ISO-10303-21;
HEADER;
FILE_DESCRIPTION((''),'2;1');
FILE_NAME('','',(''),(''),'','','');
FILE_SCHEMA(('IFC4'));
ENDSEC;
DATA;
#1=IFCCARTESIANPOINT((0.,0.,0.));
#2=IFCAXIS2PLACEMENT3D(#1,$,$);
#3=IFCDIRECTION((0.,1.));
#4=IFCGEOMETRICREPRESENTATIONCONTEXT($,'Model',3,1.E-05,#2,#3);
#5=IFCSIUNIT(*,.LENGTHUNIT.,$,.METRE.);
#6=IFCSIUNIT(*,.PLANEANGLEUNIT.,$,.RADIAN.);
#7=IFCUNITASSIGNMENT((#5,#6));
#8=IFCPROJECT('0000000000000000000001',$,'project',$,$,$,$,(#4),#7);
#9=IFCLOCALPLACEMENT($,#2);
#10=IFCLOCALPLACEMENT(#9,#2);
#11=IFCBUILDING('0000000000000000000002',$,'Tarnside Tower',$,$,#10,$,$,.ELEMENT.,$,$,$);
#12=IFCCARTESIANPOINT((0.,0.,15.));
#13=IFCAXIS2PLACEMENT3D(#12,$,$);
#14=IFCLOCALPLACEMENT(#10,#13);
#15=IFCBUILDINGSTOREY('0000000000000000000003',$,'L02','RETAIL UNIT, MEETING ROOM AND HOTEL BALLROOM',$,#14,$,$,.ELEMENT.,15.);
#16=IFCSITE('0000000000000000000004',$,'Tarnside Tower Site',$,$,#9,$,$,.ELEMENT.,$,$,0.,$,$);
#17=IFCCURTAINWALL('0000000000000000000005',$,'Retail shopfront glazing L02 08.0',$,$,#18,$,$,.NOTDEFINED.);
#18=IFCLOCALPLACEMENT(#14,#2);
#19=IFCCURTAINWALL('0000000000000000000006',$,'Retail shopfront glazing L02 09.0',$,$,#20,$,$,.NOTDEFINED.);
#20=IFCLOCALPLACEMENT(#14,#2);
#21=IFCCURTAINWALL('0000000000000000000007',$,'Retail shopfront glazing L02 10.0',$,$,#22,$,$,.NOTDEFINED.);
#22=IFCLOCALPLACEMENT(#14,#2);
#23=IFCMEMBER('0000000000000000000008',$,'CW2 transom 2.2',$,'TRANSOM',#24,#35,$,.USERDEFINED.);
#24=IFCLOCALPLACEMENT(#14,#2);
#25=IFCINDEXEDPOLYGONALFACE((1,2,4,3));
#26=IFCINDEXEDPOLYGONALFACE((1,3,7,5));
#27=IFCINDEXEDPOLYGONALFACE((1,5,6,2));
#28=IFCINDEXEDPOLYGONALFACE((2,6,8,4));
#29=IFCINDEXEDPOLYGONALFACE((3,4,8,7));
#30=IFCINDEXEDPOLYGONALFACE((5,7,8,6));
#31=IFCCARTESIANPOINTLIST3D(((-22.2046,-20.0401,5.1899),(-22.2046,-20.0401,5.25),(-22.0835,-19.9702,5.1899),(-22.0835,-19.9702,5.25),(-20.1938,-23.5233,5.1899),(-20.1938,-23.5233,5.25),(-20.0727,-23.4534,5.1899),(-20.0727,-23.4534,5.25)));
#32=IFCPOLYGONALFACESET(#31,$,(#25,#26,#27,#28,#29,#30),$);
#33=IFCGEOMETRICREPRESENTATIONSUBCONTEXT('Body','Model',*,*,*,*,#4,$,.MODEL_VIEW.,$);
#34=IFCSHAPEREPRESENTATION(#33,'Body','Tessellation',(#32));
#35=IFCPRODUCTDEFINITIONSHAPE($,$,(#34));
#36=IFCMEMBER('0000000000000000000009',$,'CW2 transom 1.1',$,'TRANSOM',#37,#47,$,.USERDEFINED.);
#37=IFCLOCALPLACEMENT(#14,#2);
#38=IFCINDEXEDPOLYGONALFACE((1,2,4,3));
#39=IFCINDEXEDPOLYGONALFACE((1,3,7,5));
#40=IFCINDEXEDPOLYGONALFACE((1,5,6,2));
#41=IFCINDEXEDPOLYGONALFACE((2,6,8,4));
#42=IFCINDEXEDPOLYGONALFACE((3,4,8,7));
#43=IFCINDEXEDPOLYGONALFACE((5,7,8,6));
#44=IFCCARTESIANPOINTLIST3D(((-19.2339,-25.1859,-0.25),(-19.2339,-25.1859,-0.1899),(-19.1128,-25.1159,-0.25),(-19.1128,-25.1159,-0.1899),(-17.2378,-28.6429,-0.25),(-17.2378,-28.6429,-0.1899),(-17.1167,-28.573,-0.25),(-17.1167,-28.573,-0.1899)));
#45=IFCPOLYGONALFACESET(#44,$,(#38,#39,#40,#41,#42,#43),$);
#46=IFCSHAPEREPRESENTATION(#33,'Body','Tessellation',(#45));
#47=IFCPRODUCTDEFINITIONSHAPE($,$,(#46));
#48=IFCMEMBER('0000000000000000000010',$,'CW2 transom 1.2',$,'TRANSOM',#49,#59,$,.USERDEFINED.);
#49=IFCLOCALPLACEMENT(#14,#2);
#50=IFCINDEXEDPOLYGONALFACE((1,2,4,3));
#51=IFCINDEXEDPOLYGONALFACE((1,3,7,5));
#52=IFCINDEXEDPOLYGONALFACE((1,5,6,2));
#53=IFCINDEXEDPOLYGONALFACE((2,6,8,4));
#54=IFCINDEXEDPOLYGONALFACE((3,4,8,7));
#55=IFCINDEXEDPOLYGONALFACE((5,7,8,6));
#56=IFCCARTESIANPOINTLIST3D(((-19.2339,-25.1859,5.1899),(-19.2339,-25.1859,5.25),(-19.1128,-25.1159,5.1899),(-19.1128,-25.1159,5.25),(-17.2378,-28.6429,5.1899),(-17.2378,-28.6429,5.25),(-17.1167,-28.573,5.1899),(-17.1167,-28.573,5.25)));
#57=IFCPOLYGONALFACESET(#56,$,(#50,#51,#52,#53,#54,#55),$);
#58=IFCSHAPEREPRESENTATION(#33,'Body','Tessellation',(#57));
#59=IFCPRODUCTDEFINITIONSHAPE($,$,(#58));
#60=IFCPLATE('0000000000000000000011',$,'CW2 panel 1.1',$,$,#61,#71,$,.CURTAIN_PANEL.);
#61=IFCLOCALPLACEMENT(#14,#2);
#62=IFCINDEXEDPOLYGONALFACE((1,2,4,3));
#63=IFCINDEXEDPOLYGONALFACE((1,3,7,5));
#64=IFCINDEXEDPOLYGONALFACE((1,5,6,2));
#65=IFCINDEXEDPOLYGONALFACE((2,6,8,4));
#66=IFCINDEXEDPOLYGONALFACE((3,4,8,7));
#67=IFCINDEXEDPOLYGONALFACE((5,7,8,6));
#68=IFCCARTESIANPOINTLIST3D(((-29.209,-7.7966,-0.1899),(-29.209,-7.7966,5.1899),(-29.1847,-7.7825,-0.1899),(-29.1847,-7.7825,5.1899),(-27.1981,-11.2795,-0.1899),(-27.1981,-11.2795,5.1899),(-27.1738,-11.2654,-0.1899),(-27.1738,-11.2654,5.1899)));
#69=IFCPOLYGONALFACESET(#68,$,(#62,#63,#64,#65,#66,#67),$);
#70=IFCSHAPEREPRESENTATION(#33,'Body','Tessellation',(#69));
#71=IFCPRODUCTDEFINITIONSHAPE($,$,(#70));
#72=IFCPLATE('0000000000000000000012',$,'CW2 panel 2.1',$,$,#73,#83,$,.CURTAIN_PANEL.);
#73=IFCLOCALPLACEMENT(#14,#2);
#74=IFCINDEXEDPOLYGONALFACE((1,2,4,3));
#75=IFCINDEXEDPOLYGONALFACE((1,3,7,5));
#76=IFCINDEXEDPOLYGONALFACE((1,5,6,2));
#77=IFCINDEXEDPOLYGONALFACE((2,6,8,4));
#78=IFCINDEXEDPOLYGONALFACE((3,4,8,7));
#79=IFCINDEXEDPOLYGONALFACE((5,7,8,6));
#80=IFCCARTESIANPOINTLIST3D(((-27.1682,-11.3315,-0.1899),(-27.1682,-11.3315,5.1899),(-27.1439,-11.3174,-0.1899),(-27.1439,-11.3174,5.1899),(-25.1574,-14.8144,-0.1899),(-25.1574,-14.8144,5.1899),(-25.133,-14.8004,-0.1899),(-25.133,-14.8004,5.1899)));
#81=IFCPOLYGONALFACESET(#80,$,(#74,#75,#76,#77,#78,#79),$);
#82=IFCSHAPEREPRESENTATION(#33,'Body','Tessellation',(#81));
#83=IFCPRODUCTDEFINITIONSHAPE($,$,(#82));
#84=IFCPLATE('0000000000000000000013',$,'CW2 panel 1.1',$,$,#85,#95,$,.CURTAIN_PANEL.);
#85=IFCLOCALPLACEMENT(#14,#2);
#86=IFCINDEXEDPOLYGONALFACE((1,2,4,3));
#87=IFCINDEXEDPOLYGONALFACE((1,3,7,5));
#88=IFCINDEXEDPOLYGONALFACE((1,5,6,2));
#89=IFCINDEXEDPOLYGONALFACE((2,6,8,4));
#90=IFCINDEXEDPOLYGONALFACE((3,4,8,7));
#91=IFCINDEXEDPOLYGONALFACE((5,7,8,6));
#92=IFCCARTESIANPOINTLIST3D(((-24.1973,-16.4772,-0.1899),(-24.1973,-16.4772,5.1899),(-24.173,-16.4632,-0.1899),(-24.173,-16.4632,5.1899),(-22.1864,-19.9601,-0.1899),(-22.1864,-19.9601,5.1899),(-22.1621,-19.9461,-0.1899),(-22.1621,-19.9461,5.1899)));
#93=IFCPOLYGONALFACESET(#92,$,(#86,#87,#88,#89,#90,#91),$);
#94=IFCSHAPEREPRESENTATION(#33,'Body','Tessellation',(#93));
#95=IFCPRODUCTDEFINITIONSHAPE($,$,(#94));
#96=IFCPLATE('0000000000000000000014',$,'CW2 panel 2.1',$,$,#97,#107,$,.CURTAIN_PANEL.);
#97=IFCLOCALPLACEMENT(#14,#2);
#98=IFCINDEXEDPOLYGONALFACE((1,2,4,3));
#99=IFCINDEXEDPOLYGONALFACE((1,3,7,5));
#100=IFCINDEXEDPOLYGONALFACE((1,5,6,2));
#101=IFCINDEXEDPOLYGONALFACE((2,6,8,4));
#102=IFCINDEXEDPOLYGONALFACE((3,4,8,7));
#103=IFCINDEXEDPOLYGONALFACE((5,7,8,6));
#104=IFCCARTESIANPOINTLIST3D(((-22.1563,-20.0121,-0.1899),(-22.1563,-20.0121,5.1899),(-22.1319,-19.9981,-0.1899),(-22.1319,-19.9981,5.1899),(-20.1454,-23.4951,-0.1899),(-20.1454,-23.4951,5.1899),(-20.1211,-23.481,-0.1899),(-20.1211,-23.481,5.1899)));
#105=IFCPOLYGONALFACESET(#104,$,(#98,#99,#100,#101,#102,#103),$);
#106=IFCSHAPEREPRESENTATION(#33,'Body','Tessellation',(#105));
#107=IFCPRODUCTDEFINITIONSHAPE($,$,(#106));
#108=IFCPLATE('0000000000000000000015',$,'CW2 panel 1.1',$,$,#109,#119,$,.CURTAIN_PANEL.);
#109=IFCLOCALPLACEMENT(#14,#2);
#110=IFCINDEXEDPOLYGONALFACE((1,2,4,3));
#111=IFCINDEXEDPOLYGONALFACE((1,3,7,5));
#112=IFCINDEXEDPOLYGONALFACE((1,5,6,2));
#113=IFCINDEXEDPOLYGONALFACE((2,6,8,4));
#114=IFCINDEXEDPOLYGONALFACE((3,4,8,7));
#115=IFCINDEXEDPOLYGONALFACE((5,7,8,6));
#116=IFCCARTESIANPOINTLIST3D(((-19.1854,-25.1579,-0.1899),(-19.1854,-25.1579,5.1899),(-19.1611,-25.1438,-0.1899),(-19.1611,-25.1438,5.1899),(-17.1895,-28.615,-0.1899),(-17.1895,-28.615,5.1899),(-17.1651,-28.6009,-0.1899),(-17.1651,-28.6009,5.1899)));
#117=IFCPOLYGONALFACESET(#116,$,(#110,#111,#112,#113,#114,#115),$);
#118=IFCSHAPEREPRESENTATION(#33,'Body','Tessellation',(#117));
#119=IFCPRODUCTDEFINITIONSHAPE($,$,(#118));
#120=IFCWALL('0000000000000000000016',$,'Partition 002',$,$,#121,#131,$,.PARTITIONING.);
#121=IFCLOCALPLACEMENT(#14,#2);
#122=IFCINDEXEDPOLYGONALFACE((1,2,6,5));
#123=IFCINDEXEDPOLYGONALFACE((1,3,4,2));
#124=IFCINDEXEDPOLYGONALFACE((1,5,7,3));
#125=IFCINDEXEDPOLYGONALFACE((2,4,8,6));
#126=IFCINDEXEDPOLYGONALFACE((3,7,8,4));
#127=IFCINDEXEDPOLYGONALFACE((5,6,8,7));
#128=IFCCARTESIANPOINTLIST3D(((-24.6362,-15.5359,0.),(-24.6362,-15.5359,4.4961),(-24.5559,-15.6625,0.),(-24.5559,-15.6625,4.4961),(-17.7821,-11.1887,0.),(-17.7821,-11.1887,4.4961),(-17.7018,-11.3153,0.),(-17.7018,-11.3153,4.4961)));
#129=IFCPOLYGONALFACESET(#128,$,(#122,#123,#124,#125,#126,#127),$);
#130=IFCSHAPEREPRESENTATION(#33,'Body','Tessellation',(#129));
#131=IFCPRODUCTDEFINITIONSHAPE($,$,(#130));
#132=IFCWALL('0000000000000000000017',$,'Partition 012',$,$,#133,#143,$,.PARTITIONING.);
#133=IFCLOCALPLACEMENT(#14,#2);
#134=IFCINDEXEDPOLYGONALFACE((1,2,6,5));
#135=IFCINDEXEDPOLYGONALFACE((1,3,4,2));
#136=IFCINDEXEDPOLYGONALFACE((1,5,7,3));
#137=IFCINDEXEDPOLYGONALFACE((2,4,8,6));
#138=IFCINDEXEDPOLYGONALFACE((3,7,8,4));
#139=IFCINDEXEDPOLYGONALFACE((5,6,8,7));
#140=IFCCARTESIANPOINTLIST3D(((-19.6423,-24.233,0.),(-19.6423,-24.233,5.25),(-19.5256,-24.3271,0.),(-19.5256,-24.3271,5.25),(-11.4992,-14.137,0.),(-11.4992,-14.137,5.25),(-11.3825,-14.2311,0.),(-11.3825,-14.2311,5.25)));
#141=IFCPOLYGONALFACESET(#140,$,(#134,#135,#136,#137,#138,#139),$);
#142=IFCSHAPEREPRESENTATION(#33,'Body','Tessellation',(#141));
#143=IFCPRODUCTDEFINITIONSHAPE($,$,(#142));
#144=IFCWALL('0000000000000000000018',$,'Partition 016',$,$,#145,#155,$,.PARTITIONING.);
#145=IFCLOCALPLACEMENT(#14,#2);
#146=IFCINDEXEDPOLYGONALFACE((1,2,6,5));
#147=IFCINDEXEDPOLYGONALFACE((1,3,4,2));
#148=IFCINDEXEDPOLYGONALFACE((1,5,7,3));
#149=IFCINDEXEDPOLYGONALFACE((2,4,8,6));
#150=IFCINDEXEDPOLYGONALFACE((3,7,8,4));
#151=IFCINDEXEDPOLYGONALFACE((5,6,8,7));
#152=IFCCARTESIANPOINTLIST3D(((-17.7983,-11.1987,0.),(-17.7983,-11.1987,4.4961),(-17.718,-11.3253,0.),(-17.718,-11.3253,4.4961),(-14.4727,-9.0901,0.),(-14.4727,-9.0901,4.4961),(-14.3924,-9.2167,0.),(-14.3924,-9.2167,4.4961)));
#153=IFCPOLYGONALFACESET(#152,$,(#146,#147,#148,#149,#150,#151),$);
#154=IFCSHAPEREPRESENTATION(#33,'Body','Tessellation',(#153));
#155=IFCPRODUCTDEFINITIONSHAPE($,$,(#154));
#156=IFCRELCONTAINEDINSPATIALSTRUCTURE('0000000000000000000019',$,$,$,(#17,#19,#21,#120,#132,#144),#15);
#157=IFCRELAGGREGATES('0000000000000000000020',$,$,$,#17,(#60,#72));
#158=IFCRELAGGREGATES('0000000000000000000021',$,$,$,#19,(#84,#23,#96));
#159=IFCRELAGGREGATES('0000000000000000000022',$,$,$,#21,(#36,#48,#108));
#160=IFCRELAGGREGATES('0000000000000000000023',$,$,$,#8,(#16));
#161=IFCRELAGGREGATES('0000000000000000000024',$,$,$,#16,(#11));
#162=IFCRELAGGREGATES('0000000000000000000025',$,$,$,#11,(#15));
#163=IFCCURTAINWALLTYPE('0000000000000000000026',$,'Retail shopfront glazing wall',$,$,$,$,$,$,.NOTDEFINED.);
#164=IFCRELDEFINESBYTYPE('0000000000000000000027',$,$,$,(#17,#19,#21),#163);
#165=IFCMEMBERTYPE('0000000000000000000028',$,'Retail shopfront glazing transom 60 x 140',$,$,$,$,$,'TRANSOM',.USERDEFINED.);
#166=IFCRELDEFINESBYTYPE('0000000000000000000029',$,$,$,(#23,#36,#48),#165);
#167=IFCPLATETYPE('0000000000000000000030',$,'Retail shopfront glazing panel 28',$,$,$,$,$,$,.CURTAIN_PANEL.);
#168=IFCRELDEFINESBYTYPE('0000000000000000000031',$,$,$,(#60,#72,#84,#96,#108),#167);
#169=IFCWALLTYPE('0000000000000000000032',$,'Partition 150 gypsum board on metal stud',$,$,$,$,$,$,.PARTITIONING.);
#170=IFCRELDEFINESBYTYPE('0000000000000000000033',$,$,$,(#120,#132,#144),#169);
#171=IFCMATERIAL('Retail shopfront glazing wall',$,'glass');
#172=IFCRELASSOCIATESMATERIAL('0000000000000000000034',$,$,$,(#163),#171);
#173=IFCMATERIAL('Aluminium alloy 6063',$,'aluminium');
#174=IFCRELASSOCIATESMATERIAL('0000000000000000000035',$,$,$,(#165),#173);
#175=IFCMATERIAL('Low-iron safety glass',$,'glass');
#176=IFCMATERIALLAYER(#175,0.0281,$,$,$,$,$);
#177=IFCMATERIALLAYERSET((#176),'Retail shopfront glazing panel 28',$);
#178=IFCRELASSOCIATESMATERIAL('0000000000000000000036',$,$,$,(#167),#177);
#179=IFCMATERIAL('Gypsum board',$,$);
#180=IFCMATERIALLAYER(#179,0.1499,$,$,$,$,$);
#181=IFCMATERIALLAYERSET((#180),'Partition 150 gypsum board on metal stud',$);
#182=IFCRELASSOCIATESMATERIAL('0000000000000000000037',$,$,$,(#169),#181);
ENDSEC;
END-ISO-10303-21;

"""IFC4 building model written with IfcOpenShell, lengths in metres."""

from ifc_helpers import new_model, si_unit, direction, frame, frame_2d, origin, origin_2d, place, context, subcontext, project, spatial, rectangle, extrude, material, layer, layer_set, material_profile, profile_set, type_object, element, aggregate, save


model = new_model("IFC4")

# Units and contexts
model_context = context("Model", 3, precision=1e-05, world=origin(), true_north=direction((0.0, 1.0)))
body_context = subcontext(model_context, "Body", "Model", "MODEL_VIEW")
ifc_project = project(units=[si_unit("LENGTHUNIT", "METRE"), si_unit("PLANEANGLEUNIT", "RADIAN")], contexts=[model_context])

# Site, building, storey
site_placement = place(None, origin())
site = spatial("IfcSite", under=ifc_project, at=site_placement, Name="Tarnside Tower Site", CompositionType="ELEMENT", RefElevation=0.0)
building_placement = place(site_placement, origin())
building = spatial("IfcBuilding", under=site, at=building_placement, Name="Tarnside Tower", CompositionType="ELEMENT")
storey_placement = place(building_placement, frame((0.0, 0.0, 15.0)))
storey = spatial("IfcBuildingStorey", under=building, at=storey_placement, Name="L02", Description="RETAIL UNIT, MEETING ROOM AND HOTEL BALLROOM", CompositionType="ELEMENT", Elevation=15.0)

# Curtain walls
ifc_material_1 = material(Name="Retail shopfront glazing wall", Category="glass")
curtain_wall_type = type_object("IfcCurtainWallType", Name="Retail shopfront glazing wall", PredefinedType="NOTDEFINED", material=ifc_material_1)
curtain_wall_1_placement = place(storey_placement, origin())
curtain_wall_1 = element("IfcCurtainWall", 1, at=curtain_wall_1_placement, inside=storey, type_object=curtain_wall_type, Name="Retail shopfront glazing L02 08.0", PredefinedType="NOTDEFINED")
ifc_material_2 = material(Name="Aluminium alloy 6063", Category="aluminium")
curtain_wall_2_placement = place(storey_placement, origin())
curtain_wall_2 = element("IfcCurtainWall", 2, at=curtain_wall_2_placement, inside=storey, type_object=curtain_wall_type, Name="Retail shopfront glazing L02 09.0", PredefinedType="NOTDEFINED")

# Curtain wall
curtain_wall_3_placement = place(storey_placement, origin())
curtain_wall_3 = element("IfcCurtainWall", 3, at=curtain_wall_3_placement, inside=storey, type_object=curtain_wall_type, Name="Retail shopfront glazing L02 10.0", PredefinedType="NOTDEFINED")

# Members
ifc_material_profile_1 = material_profile(ifc_material_2, rectangle(XDim=0.1399, YDim=0.0601, at=origin_2d()), Name="Retail shopfront glazing transom 60 x 140")
ifc_profile_set_1 = profile_set([ifc_material_profile_1], Name="Aluminium alloy 6063")
member_type_1 = type_object("IfcMemberType", Name="Retail shopfront glazing transom 60 x 140", ElementType="TRANSOM", PredefinedType="USERDEFINED", material=ifc_profile_set_1)
member_1_placement = place(storey_placement, frame((-22.144, -20.0051, 5.22), z_axis=(0.499952, -0.866053, 0.0), x_axis=(0.866053, 0.499952, 0.0)))
member_1 = element("IfcMember", 4, at=member_1_placement, type_object=member_type_1, Name="CW2 transom 2.2", ObjectType="TRANSOM", PredefinedType="USERDEFINED", context=body_context, shape_type="SweptSolid", body=[
    extrude(rectangle(XDim=0.1399, YDim=0.0601, at=origin_2d()), origin(), (0.0, 0.0, 1.0), 4.022),
])
member_2_placement = place(storey_placement, frame((-19.1733, -25.1509, -0.22), z_axis=(0.500033, -0.866006, 0.0), x_axis=(0.866006, 0.500033, 0.0)))
member_2 = element("IfcMember", 5, at=member_2_placement, type_object=member_type_1, Name="CW2 transom 1.1", ObjectType="TRANSOM", PredefinedType="USERDEFINED", context=body_context, shape_type="SweptSolid", body=[
    extrude(rectangle(XDim=0.1399, YDim=0.0601, at=origin_2d()), origin(), (0.0, 0.0, 1.0), 3.9919),
])
member_3_placement = place(storey_placement, frame((-19.1733, -25.1509, 5.22), z_axis=(0.500033, -0.866006, 0.0), x_axis=(0.866006, 0.500033, 0.0)))
member_3 = element("IfcMember", 6, at=member_3_placement, type_object=member_type_1, Name="CW2 transom 1.2", ObjectType="TRANSOM", PredefinedType="USERDEFINED", context=body_context, shape_type="SweptSolid", body=[
    extrude(rectangle(XDim=0.1399, YDim=0.0601, at=origin_2d()), origin(), (0.0, 0.0, 1.0), 3.9919),
])

# Plates
ifc_material_3 = material(Name="Low-iron safety glass", Category="glass")
ifc_layer_1 = layer(ifc_material_3, 0.0281)
ifc_layer_set_1 = layer_set([ifc_layer_1], Name="Retail shopfront glazing panel 28")
plate_type = type_object("IfcPlateType", Name="Retail shopfront glazing panel 28", PredefinedType="CURTAIN_PANEL", material=ifc_layer_set_1)
plate_1_placement = place(storey_placement, frame((-28.1914, -9.531, -0.1899), z_axis=(0.0, 0.0, 1.0), x_axis=(0.5, -0.866025, 0.0)))
plate_1 = element("IfcPlate", 7, at=plate_1_placement, type_object=plate_type, Name="CW2 panel 1.1", PredefinedType="CURTAIN_PANEL", context=body_context, shape_type="SweptSolid", body=[
    extrude(rectangle(XDim=4.0217, YDim=0.0281, at=origin_2d()), origin(), (0.0, 0.0, 1.0), 5.3799),
])
plate_2_placement = place(storey_placement, frame((-26.1506, -13.0659, -0.1899), z_axis=(0.0, 0.0, 1.0), x_axis=(0.5, -0.866025, 0.0)))
plate_2 = element("IfcPlate", 8, at=plate_2_placement, type_object=plate_type, Name="CW2 panel 2.1", PredefinedType="CURTAIN_PANEL", context=body_context, shape_type="SweptSolid", body=[
    extrude(rectangle(XDim=4.0217, YDim=0.0281, at=origin_2d()), origin(), (0.0, 0.0, 1.0), 5.3799),
])
aggregate(curtain_wall_1, [plate_1, plate_2])
plate_3_placement = place(storey_placement, frame((-23.1797, -18.2117, -0.1899), z_axis=(0.0, 0.0, 1.0), x_axis=(0.5, -0.866025, 0.0)))
plate_3 = element("IfcPlate", 9, at=plate_3_placement, type_object=plate_type, Name="CW2 panel 1.1", PredefinedType="CURTAIN_PANEL", context=body_context, shape_type="SweptSolid", body=[
    extrude(rectangle(XDim=4.0217, YDim=0.0281, at=origin_2d()), origin(), (0.0, 0.0, 1.0), 5.3799),
])
plate_4_placement = place(storey_placement, frame((-21.1387, -21.7466, -0.1899), z_axis=(0.0, 0.0, 1.0), x_axis=(0.5, -0.866025, 0.0)))
plate_4 = element("IfcPlate", 10, at=plate_4_placement, type_object=plate_type, Name="CW2 panel 2.1", PredefinedType="CURTAIN_PANEL", context=body_context, shape_type="SweptSolid", body=[
    extrude(rectangle(XDim=4.0217, YDim=0.0281, at=origin_2d()), origin(), (0.0, 0.0, 1.0), 5.3799),
])
aggregate(curtain_wall_2, [plate_3, member_1, plate_4])
plate_5_placement = place(storey_placement, frame((-18.1753, -26.8794, -0.1899), z_axis=(0.0, 0.0, 1.0), x_axis=(0.5, -0.866025, 0.0)))
plate_5 = element("IfcPlate", 11, at=plate_5_placement, type_object=plate_type, Name="CW2 panel 1.1", PredefinedType="CURTAIN_PANEL", context=body_context, shape_type="SweptSolid", body=[
    extrude(rectangle(XDim=3.9919, YDim=0.0281, at=origin_2d()), origin(), (0.0, 0.0, 1.0), 5.3799),
])
aggregate(curtain_wall_3, [member_2, member_3, plate_5])

# Walls
ifc_material_4 = material(Name="Gypsum board")
ifc_layer_2 = layer(ifc_material_4, 0.1499)
ifc_layer_set_2 = layer_set([ifc_layer_2], Name="Partition 150 gypsum board on metal stud")
wall_type = type_object("IfcWallType", Name="Partition 150 gypsum board on metal stud", PredefinedType="PARTITIONING", material=ifc_layer_set_2)
wall_1_placement = place(storey_placement, frame((-24.5959, -15.5991, 0.0), z_axis=(0.0, 0.0, 1.0), x_axis=(0.844468, 0.535606, 0.0)))
element("IfcWall", 12, at=wall_1_placement, inside=storey, type_object=wall_type, Name="Partition 002", PredefinedType="PARTITIONING", context=body_context, shape_type="SweptSolid", body=[
    extrude(rectangle(XDim=8.1165, YDim=0.1499, at=frame_2d((4.0581, 0.0))), origin(), (0.0, 0.0, 1.0), 4.4961),
])
wall_2_placement = place(storey_placement, frame((-19.584, -24.28, 0.0), z_axis=(0.0, 0.0, 1.0), x_axis=(0.627807, 0.778369, 0.0)))
element("IfcWall", 13, at=wall_2_placement, inside=storey, type_object=wall_type, Name="Partition 012", PredefinedType="PARTITIONING", context=body_context, shape_type="SweptSolid", body=[
    extrude(rectangle(XDim=12.9707, YDim=0.1499, at=frame_2d((6.4854, 0.0))), origin(), (0.0, 0.0, 1.0), 5.25),
])
wall_3_placement = place(storey_placement, frame((-17.7581, -11.262, 0.0), z_axis=(0.0, 0.0, 1.0), x_axis=(0.844546, 0.535483, 0.0)))
element("IfcWall", 14, at=wall_3_placement, inside=storey, type_object=wall_type, Name="Partition 016", PredefinedType="PARTITIONING", context=body_context, shape_type="SweptSolid", body=[
    extrude(rectangle(XDim=3.9377, YDim=0.1499, at=frame_2d((1.9688, 0.0))), origin(), (0.0, 0.0, 1.0), 4.4961),
])

save(model, "model.ifc")
